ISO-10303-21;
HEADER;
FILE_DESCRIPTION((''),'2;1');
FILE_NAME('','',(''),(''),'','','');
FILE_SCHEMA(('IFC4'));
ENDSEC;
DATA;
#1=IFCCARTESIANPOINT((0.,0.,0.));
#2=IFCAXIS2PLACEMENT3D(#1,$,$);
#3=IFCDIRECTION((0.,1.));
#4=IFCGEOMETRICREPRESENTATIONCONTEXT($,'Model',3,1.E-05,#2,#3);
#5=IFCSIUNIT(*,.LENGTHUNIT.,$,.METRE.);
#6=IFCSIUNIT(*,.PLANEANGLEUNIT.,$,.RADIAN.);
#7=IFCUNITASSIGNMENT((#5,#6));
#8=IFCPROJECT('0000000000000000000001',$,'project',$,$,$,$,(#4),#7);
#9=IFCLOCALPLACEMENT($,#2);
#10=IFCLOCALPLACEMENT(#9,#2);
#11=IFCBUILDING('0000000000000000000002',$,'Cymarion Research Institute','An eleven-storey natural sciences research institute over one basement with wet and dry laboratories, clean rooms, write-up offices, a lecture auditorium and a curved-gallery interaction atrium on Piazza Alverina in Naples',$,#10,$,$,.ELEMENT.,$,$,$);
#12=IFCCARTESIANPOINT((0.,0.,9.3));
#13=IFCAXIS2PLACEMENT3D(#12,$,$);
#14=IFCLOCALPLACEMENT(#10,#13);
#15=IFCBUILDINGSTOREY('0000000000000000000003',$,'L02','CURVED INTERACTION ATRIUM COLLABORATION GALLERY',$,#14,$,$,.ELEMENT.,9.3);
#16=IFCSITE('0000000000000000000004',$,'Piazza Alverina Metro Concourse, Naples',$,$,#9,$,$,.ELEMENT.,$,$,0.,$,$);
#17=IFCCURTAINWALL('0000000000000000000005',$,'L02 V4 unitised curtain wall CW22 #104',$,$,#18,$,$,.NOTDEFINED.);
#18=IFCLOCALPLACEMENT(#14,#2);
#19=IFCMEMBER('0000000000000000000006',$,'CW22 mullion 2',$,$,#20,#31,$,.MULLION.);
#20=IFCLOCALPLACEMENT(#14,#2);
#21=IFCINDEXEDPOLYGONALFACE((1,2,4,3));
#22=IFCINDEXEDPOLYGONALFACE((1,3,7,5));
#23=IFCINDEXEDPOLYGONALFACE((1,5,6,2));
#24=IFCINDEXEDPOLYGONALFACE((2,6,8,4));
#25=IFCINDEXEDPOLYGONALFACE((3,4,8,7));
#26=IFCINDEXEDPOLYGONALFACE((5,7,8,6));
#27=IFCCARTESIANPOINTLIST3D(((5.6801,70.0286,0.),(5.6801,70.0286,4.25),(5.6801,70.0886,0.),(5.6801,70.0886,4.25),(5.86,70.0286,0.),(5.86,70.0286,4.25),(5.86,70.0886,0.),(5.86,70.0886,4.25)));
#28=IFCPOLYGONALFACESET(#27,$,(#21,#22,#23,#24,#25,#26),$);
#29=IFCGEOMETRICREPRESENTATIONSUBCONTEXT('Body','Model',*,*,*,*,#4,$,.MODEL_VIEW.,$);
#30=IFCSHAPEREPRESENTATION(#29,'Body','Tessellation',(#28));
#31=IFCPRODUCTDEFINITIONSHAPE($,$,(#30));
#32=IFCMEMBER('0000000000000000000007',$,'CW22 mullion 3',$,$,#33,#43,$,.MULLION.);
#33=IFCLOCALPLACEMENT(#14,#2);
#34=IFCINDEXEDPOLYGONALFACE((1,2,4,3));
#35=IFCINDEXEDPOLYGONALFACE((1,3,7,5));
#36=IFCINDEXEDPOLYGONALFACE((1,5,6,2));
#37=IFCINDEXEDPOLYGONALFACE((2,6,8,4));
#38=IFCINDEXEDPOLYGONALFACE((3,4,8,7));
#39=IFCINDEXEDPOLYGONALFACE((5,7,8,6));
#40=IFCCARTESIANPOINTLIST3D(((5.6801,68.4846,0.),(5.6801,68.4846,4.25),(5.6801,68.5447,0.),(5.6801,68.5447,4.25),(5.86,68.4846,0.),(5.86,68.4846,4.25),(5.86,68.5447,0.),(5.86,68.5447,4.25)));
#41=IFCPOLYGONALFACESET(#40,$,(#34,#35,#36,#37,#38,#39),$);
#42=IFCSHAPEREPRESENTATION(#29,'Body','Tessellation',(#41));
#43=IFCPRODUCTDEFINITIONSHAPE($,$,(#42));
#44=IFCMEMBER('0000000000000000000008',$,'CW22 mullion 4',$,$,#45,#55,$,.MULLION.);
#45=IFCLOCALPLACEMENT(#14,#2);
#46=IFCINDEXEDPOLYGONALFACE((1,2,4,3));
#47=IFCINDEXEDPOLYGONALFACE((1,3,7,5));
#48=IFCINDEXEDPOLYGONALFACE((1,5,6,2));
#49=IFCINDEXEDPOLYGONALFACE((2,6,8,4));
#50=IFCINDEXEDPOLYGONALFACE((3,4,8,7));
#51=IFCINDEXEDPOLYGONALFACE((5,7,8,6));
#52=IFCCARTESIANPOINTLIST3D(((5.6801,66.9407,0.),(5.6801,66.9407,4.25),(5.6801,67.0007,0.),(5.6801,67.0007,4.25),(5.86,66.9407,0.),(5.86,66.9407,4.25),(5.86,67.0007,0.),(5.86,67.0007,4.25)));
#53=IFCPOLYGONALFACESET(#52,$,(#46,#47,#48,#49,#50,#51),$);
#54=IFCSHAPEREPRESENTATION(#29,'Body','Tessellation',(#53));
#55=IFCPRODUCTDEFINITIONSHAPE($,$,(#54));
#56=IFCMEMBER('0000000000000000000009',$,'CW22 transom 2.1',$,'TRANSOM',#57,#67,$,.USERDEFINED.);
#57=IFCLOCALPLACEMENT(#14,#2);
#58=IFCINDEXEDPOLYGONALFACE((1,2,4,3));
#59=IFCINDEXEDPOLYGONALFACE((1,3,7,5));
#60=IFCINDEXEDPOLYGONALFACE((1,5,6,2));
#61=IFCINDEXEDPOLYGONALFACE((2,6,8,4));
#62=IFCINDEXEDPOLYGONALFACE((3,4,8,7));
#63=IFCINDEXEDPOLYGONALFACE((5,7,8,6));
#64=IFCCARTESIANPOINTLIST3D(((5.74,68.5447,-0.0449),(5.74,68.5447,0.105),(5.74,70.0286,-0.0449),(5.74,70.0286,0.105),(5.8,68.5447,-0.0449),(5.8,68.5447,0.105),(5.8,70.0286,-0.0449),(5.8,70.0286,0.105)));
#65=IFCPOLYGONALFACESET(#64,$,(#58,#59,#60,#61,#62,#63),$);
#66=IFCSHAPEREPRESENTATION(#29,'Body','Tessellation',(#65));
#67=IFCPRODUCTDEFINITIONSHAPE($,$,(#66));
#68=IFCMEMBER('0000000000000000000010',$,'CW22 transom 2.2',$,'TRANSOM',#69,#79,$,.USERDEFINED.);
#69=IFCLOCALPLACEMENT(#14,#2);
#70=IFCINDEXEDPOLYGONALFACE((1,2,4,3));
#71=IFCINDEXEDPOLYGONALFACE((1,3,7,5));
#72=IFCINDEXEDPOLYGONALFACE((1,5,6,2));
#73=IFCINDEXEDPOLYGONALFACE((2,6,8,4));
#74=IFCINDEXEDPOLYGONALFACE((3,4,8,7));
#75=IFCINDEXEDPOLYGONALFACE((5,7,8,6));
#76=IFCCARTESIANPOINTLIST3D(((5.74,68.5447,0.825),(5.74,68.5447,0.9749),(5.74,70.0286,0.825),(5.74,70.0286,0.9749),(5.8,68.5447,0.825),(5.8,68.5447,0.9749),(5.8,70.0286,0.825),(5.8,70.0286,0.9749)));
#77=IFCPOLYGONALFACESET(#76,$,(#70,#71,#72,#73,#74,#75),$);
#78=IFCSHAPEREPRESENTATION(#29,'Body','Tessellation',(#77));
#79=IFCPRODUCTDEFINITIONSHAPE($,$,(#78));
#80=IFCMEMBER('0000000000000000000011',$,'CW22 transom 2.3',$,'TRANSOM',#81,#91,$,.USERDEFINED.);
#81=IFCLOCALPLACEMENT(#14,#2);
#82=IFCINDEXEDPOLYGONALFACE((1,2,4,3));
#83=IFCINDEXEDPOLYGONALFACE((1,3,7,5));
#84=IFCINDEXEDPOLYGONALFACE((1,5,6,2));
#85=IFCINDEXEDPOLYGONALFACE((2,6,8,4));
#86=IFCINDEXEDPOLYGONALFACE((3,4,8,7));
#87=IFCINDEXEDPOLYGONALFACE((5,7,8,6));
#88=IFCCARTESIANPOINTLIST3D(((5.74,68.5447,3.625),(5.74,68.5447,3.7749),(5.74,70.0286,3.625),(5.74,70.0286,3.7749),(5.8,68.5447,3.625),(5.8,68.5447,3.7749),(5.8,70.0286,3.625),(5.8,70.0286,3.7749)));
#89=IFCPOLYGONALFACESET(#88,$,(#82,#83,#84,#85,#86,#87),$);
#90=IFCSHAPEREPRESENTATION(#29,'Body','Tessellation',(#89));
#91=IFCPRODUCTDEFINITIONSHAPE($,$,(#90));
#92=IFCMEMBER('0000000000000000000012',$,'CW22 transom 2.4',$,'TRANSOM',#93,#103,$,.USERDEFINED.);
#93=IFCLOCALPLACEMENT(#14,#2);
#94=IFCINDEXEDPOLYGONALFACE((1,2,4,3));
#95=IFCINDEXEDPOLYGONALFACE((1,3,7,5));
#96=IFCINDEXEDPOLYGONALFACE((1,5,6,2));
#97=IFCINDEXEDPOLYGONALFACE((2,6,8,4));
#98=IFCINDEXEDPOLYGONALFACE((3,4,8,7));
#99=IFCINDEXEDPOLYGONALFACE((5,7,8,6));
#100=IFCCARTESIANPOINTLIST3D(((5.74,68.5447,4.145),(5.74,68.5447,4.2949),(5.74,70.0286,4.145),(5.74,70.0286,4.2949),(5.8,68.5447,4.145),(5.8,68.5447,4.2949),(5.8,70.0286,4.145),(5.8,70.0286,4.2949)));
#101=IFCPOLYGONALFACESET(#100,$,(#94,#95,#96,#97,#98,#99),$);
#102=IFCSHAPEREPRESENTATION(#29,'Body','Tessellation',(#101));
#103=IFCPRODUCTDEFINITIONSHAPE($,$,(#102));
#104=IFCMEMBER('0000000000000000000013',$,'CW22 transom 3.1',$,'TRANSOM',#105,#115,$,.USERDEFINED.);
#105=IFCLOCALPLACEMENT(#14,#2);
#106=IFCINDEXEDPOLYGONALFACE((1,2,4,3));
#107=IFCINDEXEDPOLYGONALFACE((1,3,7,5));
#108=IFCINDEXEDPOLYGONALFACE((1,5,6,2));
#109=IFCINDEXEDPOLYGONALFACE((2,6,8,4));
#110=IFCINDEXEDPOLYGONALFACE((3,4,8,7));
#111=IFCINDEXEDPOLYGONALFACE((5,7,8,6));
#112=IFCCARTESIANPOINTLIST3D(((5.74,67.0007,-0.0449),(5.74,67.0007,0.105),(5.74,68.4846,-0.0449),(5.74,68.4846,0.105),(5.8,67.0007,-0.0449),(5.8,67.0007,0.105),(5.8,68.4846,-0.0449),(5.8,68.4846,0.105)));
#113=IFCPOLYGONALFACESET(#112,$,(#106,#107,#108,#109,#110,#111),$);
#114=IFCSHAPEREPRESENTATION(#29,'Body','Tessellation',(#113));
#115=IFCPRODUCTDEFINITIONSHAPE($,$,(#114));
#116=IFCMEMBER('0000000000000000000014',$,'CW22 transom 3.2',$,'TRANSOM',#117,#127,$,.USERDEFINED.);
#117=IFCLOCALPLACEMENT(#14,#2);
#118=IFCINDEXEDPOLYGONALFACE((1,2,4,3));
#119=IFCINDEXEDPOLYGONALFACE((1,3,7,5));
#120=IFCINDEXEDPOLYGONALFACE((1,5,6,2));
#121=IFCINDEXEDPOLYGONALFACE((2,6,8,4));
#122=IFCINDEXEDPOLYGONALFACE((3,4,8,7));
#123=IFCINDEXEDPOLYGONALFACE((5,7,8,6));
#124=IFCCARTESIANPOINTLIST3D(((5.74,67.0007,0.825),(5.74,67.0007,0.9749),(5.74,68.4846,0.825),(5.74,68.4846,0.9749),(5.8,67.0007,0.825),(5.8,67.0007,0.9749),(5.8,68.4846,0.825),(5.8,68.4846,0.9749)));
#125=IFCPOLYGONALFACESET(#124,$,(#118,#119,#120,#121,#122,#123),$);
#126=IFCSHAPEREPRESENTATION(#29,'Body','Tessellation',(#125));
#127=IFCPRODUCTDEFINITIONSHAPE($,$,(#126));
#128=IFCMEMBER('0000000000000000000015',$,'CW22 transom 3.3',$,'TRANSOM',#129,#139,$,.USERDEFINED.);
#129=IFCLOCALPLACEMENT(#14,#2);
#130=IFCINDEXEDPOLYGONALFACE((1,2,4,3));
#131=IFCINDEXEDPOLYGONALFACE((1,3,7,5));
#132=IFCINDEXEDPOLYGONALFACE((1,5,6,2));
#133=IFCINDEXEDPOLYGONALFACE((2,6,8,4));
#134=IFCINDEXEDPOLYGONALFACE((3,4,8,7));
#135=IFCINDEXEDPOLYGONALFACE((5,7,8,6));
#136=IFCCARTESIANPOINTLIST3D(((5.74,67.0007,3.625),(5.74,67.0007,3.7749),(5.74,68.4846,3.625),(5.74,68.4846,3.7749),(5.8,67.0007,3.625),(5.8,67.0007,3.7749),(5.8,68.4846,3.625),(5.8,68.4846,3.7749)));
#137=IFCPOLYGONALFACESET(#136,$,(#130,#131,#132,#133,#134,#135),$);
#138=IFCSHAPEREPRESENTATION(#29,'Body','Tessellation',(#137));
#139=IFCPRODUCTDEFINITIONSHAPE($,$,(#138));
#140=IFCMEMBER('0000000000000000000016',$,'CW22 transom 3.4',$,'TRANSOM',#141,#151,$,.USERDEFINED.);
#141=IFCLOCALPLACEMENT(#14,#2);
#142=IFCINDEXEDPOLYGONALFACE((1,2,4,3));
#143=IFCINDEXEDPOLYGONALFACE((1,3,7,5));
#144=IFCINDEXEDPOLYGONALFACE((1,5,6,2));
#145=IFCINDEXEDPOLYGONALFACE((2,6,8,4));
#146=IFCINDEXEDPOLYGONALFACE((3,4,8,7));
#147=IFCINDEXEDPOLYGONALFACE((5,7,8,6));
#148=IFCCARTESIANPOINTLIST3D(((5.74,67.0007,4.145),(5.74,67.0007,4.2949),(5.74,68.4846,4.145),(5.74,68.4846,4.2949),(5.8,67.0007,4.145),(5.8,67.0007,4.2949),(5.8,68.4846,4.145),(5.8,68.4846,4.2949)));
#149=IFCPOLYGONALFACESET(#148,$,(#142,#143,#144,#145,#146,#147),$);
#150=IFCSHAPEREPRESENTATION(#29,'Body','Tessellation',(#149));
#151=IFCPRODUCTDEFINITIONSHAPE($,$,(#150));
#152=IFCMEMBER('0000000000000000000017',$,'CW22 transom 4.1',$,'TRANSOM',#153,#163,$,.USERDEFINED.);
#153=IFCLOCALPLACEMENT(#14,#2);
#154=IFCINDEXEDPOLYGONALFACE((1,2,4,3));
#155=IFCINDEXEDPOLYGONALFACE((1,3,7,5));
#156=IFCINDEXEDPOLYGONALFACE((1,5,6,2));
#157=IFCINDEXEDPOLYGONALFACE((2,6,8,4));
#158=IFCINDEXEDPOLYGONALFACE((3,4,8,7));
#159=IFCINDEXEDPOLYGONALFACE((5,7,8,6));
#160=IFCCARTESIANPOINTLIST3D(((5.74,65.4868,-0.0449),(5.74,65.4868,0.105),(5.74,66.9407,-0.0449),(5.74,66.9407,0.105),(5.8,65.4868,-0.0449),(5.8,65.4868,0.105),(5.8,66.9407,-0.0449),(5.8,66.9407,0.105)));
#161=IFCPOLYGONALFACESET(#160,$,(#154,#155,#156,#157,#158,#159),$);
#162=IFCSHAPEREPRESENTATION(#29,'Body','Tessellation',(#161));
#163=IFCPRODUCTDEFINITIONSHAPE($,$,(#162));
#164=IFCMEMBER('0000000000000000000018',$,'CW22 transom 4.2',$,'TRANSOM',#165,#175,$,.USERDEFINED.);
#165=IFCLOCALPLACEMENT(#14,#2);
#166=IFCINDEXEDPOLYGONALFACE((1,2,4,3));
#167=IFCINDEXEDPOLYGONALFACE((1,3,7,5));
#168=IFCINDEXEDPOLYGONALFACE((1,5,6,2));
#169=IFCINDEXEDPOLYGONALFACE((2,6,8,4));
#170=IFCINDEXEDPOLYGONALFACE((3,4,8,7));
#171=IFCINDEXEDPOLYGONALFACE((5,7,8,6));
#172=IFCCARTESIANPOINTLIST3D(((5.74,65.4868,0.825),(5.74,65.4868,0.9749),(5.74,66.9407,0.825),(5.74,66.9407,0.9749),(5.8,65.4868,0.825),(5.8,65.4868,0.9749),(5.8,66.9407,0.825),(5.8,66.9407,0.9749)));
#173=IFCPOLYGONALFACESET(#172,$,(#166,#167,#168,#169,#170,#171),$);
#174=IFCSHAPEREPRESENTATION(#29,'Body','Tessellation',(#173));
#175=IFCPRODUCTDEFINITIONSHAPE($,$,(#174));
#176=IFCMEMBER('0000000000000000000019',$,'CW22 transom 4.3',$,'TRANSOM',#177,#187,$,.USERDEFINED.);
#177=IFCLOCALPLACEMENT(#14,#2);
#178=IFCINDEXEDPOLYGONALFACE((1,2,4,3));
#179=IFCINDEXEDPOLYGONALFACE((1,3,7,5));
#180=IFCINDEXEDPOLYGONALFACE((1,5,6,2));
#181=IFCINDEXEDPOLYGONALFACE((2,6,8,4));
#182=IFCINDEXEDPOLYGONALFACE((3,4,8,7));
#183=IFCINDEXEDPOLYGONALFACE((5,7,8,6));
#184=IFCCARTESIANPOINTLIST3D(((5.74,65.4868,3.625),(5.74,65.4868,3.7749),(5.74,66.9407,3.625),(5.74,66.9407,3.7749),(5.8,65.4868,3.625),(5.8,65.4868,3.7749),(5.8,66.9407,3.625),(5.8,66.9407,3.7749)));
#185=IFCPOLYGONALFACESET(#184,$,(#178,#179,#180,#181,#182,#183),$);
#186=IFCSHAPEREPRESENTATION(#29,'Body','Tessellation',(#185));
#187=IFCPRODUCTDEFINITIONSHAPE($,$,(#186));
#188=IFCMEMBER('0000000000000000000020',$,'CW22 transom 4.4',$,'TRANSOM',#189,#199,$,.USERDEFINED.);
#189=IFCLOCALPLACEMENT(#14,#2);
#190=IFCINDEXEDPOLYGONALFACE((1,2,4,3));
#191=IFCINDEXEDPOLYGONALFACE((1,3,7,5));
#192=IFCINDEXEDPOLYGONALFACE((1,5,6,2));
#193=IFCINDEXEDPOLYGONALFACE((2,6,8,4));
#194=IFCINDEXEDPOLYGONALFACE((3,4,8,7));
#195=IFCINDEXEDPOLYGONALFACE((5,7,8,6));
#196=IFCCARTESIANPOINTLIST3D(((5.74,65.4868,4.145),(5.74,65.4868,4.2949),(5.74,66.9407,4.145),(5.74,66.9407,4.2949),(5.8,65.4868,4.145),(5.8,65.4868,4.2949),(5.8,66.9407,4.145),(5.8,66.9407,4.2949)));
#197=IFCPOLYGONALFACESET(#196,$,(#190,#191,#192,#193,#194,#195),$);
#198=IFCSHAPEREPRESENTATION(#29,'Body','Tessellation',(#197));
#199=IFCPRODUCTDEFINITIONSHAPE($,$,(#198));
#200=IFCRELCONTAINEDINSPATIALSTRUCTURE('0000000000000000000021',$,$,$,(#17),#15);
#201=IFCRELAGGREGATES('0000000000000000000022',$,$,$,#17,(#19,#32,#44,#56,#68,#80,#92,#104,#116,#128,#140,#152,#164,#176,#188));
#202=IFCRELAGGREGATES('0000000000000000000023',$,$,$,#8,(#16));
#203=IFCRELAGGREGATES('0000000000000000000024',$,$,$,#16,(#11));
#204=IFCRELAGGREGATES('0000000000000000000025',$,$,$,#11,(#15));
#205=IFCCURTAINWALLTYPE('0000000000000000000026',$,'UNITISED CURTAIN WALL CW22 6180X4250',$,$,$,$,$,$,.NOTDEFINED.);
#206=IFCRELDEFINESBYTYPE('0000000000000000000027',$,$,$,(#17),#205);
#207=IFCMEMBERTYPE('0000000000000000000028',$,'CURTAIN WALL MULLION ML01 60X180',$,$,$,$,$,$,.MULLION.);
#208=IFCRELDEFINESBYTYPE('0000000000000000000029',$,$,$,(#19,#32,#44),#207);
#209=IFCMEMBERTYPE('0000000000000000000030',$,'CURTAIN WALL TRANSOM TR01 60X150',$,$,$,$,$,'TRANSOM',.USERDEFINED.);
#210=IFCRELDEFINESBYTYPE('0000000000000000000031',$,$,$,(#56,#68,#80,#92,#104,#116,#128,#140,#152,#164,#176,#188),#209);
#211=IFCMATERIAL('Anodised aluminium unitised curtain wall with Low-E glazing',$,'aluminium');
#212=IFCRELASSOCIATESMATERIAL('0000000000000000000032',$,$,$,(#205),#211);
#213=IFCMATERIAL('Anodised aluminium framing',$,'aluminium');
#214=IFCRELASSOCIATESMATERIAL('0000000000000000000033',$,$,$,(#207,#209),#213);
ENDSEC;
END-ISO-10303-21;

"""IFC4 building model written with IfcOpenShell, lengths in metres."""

from ifc_helpers import new_model, si_unit, direction, frame, origin, origin_2d, place, context, subcontext, project, spatial, rectangle, extrude, material, material_profile, profile_set, type_object, element, aggregate, save


model = new_model("IFC4")

# Units and contexts
model_context = context("Model", 3, precision=1e-05, world=origin(), true_north=direction((0.0, 1.0)))
body_context = subcontext(model_context, "Body", "Model", "MODEL_VIEW")
ifc_project = project(units=[si_unit("LENGTHUNIT", "METRE"), si_unit("PLANEANGLEUNIT", "RADIAN")], contexts=[model_context])

# Site, building, storey
site_placement = place(None, origin())
site = spatial("IfcSite", under=ifc_project, at=site_placement, Name="Piazza Alverina Metro Concourse, Naples", CompositionType="ELEMENT", RefElevation=0.0)
building_placement = place(site_placement, origin())
building = spatial("IfcBuilding", under=site, at=building_placement, Name="Cymarion Research Institute", Description="An eleven-storey natural sciences research institute over one basement with wet and dry laboratories, clean rooms, write-up offices, a lecture auditorium and a curved-gallery interaction atrium on Piazza Alverina in Naples", CompositionType="ELEMENT")
storey_placement = place(building_placement, frame((0.0, 0.0, 9.3)))
storey = spatial("IfcBuildingStorey", under=building, at=storey_placement, Name="L02", Description="CURVED INTERACTION ATRIUM COLLABORATION GALLERY", CompositionType="ELEMENT", Elevation=9.3)

# Curtain wall, members
ifc_material_1 = material(Name="Anodised aluminium unitised curtain wall with Low-E glazing", Category="aluminium")
curtain_wall_type = type_object("IfcCurtainWallType", Name="UNITISED CURTAIN WALL CW22 6180X4250", PredefinedType="NOTDEFINED", material=ifc_material_1)
curtain_wall_placement = place(storey_placement, origin())
curtain_wall = element("IfcCurtainWall", 1, at=curtain_wall_placement, inside=storey, type_object=curtain_wall_type, Name="L02 V4 unitised curtain wall CW22 #104", PredefinedType="NOTDEFINED")
ifc_material_2 = material(Name="Anodised aluminium framing", Category="aluminium")
ifc_material_profile_1 = material_profile(ifc_material_2, rectangle(XDim=0.0601, YDim=0.1799, at=origin_2d()), Name="ALU MULLION 60x180")
ifc_profile_set_1 = profile_set([ifc_material_profile_1], Name="Anodised aluminium framing")
member_type_1 = type_object("IfcMemberType", Name="CURTAIN WALL MULLION ML01 60X180", PredefinedType="MULLION", material=ifc_profile_set_1)
member_1_placement = place(storey_placement, frame((5.77, 70.0586, 0.0), z_axis=(0.0, 0.0, 1.0), x_axis=(0.0, -1.0, 0.0)))
member_1 = element("IfcMember", 2, at=member_1_placement, type_object=member_type_1, Name="CW22 mullion 2", PredefinedType="MULLION", context=body_context, shape_type="SweptSolid", body=[
    extrude(rectangle(XDim=0.0601, YDim=0.1799, at=origin_2d()), origin(), (0.0, 0.0, 1.0), 4.25),
])
member_2_placement = place(storey_placement, frame((5.77, 68.5146, 0.0), z_axis=(0.0, 0.0, 1.0), x_axis=(0.0, -1.0, 0.0)))
member_2 = element("IfcMember", 3, at=member_2_placement, type_object=member_type_1, Name="CW22 mullion 3", PredefinedType="MULLION", context=body_context, shape_type="SweptSolid", body=[
    extrude(rectangle(XDim=0.0601, YDim=0.1799, at=origin_2d()), origin(), (0.0, 0.0, 1.0), 4.25),
])
member_3_placement = place(storey_placement, frame((5.77, 66.9707, 0.0), z_axis=(0.0, 0.0, 1.0), x_axis=(0.0, -1.0, 0.0)))
member_3 = element("IfcMember", 4, at=member_3_placement, type_object=member_type_1, Name="CW22 mullion 4", PredefinedType="MULLION", context=body_context, shape_type="SweptSolid", body=[
    extrude(rectangle(XDim=0.0601, YDim=0.1799, at=origin_2d()), origin(), (0.0, 0.0, 1.0), 4.25),
])
ifc_material_profile_2 = material_profile(ifc_material_2, rectangle(XDim=0.0601, YDim=0.1499, at=origin_2d()), Name="ALU TRANSOM 60x150")
ifc_profile_set_2 = profile_set([ifc_material_profile_2], Name="Anodised aluminium framing")
member_type_2 = type_object("IfcMemberType", Name="CURTAIN WALL TRANSOM TR01 60X150", ElementType="TRANSOM", PredefinedType="USERDEFINED", material=ifc_profile_set_2)
member_4_placement = place(storey_placement, frame((5.77, 70.0286, 0.03), z_axis=(0.0, -1.0, 0.0), x_axis=(1.0, 0.0, 0.0)))
member_4 = element("IfcMember", 5, at=member_4_placement, type_object=member_type_2, Name="CW22 transom 2.1", ObjectType="TRANSOM", PredefinedType="USERDEFINED", context=body_context, shape_type="SweptSolid", body=[
    extrude(rectangle(XDim=0.0601, YDim=0.1499, at=origin_2d()), origin(), (0.0, 0.0, 1.0), 1.4839),
])
member_5_placement = place(storey_placement, frame((5.77, 70.0286, 0.8999), z_axis=(0.0, -1.0, 0.0), x_axis=(1.0, 0.0, 0.0)))
member_5 = element("IfcMember", 6, at=member_5_placement, type_object=member_type_2, Name="CW22 transom 2.2", ObjectType="TRANSOM", PredefinedType="USERDEFINED", context=body_context, shape_type="SweptSolid", body=[
    extrude(rectangle(XDim=0.0601, YDim=0.1499, at=origin_2d()), origin(), (0.0, 0.0, 1.0), 1.4839),
])
member_6_placement = place(storey_placement, frame((5.77, 70.0286, 3.7), z_axis=(0.0, -1.0, 0.0), x_axis=(1.0, 0.0, 0.0)))
member_6 = element("IfcMember", 7, at=member_6_placement, type_object=member_type_2, Name="CW22 transom 2.3", ObjectType="TRANSOM", PredefinedType="USERDEFINED", context=body_context, shape_type="SweptSolid", body=[
    extrude(rectangle(XDim=0.0601, YDim=0.1499, at=origin_2d()), origin(), (0.0, 0.0, 1.0), 1.4839),
])
member_7_placement = place(storey_placement, frame((5.77, 70.0286, 4.22), z_axis=(0.0, -1.0, 0.0), x_axis=(1.0, 0.0, 0.0)))
member_7 = element("IfcMember", 8, at=member_7_placement, type_object=member_type_2, Name="CW22 transom 2.4", ObjectType="TRANSOM", PredefinedType="USERDEFINED", context=body_context, shape_type="SweptSolid", body=[
    extrude(rectangle(XDim=0.0601, YDim=0.1499, at=origin_2d()), origin(), (0.0, 0.0, 1.0), 1.4839),
])
member_8_placement = place(storey_placement, frame((5.77, 68.4846, 0.03), z_axis=(0.0, -1.0, 0.0), x_axis=(1.0, 0.0, 0.0)))
member_8 = element("IfcMember", 9, at=member_8_placement, type_object=member_type_2, Name="CW22 transom 3.1", ObjectType="TRANSOM", PredefinedType="USERDEFINED", context=body_context, shape_type="SweptSolid", body=[
    extrude(rectangle(XDim=0.0601, YDim=0.1499, at=origin_2d()), origin(), (0.0, 0.0, 1.0), 1.4839),
])
member_9_placement = place(storey_placement, frame((5.77, 68.4846, 0.8999), z_axis=(0.0, -1.0, 0.0), x_axis=(1.0, 0.0, 0.0)))
member_9 = element("IfcMember", 10, at=member_9_placement, type_object=member_type_2, Name="CW22 transom 3.2", ObjectType="TRANSOM", PredefinedType="USERDEFINED", context=body_context, shape_type="SweptSolid", body=[
    extrude(rectangle(XDim=0.0601, YDim=0.1499, at=origin_2d()), origin(), (0.0, 0.0, 1.0), 1.4839),
])
member_10_placement = place(storey_placement, frame((5.77, 68.4846, 3.7), z_axis=(0.0, -1.0, 0.0), x_axis=(1.0, 0.0, 0.0)))
member_10 = element("IfcMember", 11, at=member_10_placement, type_object=member_type_2, Name="CW22 transom 3.3", ObjectType="TRANSOM", PredefinedType="USERDEFINED", context=body_context, shape_type="SweptSolid", body=[
    extrude(rectangle(XDim=0.0601, YDim=0.1499, at=origin_2d()), origin(), (0.0, 0.0, 1.0), 1.4839),
])
member_11_placement = place(storey_placement, frame((5.77, 68.4846, 4.22), z_axis=(0.0, -1.0, 0.0), x_axis=(1.0, 0.0, 0.0)))
member_11 = element("IfcMember", 12, at=member_11_placement, type_object=member_type_2, Name="CW22 transom 3.4", ObjectType="TRANSOM", PredefinedType="USERDEFINED", context=body_context, shape_type="SweptSolid", body=[
    extrude(rectangle(XDim=0.0601, YDim=0.1499, at=origin_2d()), origin(), (0.0, 0.0, 1.0), 1.4839),
])
member_12_placement = place(storey_placement, frame((5.77, 66.9407, 0.03), z_axis=(0.0, -1.0, 0.0), x_axis=(1.0, 0.0, 0.0)))
member_12 = element("IfcMember", 13, at=member_12_placement, type_object=member_type_2, Name="CW22 transom 4.1", ObjectType="TRANSOM", PredefinedType="USERDEFINED", context=body_context, shape_type="SweptSolid", body=[
    extrude(rectangle(XDim=0.0601, YDim=0.1499, at=origin_2d()), origin(), (0.0, 0.0, 1.0), 1.4539),
])
member_13_placement = place(storey_placement, frame((5.77, 66.9407, 0.8999), z_axis=(0.0, -1.0, 0.0), x_axis=(1.0, 0.0, 0.0)))
member_13 = element("IfcMember", 14, at=member_13_placement, type_object=member_type_2, Name="CW22 transom 4.2", ObjectType="TRANSOM", PredefinedType="USERDEFINED", context=body_context, shape_type="SweptSolid", body=[
    extrude(rectangle(XDim=0.0601, YDim=0.1499, at=origin_2d()), origin(), (0.0, 0.0, 1.0), 1.4539),
])
member_14_placement = place(storey_placement, frame((5.77, 66.9407, 3.7), z_axis=(0.0, -1.0, 0.0), x_axis=(1.0, 0.0, 0.0)))
member_14 = element("IfcMember", 15, at=member_14_placement, type_object=member_type_2, Name="CW22 transom 4.3", ObjectType="TRANSOM", PredefinedType="USERDEFINED", context=body_context, shape_type="SweptSolid", body=[
    extrude(rectangle(XDim=0.0601, YDim=0.1499, at=origin_2d()), origin(), (0.0, 0.0, 1.0), 1.4539),
])
member_15_placement = place(storey_placement, frame((5.77, 66.9407, 4.22), z_axis=(0.0, -1.0, 0.0), x_axis=(1.0, 0.0, 0.0)))
member_15 = element("IfcMember", 16, at=member_15_placement, type_object=member_type_2, Name="CW22 transom 4.4", ObjectType="TRANSOM", PredefinedType="USERDEFINED", context=body_context, shape_type="SweptSolid", body=[
    extrude(rectangle(XDim=0.0601, YDim=0.1499, at=origin_2d()), origin(), (0.0, 0.0, 1.0), 1.4539),
])
aggregate(curtain_wall, [member_1, member_2, member_3, member_4, member_5, member_6, member_7, member_8, member_9, member_10, member_11, member_12, member_13, member_14, member_15])

save(model, "model.ifc")
